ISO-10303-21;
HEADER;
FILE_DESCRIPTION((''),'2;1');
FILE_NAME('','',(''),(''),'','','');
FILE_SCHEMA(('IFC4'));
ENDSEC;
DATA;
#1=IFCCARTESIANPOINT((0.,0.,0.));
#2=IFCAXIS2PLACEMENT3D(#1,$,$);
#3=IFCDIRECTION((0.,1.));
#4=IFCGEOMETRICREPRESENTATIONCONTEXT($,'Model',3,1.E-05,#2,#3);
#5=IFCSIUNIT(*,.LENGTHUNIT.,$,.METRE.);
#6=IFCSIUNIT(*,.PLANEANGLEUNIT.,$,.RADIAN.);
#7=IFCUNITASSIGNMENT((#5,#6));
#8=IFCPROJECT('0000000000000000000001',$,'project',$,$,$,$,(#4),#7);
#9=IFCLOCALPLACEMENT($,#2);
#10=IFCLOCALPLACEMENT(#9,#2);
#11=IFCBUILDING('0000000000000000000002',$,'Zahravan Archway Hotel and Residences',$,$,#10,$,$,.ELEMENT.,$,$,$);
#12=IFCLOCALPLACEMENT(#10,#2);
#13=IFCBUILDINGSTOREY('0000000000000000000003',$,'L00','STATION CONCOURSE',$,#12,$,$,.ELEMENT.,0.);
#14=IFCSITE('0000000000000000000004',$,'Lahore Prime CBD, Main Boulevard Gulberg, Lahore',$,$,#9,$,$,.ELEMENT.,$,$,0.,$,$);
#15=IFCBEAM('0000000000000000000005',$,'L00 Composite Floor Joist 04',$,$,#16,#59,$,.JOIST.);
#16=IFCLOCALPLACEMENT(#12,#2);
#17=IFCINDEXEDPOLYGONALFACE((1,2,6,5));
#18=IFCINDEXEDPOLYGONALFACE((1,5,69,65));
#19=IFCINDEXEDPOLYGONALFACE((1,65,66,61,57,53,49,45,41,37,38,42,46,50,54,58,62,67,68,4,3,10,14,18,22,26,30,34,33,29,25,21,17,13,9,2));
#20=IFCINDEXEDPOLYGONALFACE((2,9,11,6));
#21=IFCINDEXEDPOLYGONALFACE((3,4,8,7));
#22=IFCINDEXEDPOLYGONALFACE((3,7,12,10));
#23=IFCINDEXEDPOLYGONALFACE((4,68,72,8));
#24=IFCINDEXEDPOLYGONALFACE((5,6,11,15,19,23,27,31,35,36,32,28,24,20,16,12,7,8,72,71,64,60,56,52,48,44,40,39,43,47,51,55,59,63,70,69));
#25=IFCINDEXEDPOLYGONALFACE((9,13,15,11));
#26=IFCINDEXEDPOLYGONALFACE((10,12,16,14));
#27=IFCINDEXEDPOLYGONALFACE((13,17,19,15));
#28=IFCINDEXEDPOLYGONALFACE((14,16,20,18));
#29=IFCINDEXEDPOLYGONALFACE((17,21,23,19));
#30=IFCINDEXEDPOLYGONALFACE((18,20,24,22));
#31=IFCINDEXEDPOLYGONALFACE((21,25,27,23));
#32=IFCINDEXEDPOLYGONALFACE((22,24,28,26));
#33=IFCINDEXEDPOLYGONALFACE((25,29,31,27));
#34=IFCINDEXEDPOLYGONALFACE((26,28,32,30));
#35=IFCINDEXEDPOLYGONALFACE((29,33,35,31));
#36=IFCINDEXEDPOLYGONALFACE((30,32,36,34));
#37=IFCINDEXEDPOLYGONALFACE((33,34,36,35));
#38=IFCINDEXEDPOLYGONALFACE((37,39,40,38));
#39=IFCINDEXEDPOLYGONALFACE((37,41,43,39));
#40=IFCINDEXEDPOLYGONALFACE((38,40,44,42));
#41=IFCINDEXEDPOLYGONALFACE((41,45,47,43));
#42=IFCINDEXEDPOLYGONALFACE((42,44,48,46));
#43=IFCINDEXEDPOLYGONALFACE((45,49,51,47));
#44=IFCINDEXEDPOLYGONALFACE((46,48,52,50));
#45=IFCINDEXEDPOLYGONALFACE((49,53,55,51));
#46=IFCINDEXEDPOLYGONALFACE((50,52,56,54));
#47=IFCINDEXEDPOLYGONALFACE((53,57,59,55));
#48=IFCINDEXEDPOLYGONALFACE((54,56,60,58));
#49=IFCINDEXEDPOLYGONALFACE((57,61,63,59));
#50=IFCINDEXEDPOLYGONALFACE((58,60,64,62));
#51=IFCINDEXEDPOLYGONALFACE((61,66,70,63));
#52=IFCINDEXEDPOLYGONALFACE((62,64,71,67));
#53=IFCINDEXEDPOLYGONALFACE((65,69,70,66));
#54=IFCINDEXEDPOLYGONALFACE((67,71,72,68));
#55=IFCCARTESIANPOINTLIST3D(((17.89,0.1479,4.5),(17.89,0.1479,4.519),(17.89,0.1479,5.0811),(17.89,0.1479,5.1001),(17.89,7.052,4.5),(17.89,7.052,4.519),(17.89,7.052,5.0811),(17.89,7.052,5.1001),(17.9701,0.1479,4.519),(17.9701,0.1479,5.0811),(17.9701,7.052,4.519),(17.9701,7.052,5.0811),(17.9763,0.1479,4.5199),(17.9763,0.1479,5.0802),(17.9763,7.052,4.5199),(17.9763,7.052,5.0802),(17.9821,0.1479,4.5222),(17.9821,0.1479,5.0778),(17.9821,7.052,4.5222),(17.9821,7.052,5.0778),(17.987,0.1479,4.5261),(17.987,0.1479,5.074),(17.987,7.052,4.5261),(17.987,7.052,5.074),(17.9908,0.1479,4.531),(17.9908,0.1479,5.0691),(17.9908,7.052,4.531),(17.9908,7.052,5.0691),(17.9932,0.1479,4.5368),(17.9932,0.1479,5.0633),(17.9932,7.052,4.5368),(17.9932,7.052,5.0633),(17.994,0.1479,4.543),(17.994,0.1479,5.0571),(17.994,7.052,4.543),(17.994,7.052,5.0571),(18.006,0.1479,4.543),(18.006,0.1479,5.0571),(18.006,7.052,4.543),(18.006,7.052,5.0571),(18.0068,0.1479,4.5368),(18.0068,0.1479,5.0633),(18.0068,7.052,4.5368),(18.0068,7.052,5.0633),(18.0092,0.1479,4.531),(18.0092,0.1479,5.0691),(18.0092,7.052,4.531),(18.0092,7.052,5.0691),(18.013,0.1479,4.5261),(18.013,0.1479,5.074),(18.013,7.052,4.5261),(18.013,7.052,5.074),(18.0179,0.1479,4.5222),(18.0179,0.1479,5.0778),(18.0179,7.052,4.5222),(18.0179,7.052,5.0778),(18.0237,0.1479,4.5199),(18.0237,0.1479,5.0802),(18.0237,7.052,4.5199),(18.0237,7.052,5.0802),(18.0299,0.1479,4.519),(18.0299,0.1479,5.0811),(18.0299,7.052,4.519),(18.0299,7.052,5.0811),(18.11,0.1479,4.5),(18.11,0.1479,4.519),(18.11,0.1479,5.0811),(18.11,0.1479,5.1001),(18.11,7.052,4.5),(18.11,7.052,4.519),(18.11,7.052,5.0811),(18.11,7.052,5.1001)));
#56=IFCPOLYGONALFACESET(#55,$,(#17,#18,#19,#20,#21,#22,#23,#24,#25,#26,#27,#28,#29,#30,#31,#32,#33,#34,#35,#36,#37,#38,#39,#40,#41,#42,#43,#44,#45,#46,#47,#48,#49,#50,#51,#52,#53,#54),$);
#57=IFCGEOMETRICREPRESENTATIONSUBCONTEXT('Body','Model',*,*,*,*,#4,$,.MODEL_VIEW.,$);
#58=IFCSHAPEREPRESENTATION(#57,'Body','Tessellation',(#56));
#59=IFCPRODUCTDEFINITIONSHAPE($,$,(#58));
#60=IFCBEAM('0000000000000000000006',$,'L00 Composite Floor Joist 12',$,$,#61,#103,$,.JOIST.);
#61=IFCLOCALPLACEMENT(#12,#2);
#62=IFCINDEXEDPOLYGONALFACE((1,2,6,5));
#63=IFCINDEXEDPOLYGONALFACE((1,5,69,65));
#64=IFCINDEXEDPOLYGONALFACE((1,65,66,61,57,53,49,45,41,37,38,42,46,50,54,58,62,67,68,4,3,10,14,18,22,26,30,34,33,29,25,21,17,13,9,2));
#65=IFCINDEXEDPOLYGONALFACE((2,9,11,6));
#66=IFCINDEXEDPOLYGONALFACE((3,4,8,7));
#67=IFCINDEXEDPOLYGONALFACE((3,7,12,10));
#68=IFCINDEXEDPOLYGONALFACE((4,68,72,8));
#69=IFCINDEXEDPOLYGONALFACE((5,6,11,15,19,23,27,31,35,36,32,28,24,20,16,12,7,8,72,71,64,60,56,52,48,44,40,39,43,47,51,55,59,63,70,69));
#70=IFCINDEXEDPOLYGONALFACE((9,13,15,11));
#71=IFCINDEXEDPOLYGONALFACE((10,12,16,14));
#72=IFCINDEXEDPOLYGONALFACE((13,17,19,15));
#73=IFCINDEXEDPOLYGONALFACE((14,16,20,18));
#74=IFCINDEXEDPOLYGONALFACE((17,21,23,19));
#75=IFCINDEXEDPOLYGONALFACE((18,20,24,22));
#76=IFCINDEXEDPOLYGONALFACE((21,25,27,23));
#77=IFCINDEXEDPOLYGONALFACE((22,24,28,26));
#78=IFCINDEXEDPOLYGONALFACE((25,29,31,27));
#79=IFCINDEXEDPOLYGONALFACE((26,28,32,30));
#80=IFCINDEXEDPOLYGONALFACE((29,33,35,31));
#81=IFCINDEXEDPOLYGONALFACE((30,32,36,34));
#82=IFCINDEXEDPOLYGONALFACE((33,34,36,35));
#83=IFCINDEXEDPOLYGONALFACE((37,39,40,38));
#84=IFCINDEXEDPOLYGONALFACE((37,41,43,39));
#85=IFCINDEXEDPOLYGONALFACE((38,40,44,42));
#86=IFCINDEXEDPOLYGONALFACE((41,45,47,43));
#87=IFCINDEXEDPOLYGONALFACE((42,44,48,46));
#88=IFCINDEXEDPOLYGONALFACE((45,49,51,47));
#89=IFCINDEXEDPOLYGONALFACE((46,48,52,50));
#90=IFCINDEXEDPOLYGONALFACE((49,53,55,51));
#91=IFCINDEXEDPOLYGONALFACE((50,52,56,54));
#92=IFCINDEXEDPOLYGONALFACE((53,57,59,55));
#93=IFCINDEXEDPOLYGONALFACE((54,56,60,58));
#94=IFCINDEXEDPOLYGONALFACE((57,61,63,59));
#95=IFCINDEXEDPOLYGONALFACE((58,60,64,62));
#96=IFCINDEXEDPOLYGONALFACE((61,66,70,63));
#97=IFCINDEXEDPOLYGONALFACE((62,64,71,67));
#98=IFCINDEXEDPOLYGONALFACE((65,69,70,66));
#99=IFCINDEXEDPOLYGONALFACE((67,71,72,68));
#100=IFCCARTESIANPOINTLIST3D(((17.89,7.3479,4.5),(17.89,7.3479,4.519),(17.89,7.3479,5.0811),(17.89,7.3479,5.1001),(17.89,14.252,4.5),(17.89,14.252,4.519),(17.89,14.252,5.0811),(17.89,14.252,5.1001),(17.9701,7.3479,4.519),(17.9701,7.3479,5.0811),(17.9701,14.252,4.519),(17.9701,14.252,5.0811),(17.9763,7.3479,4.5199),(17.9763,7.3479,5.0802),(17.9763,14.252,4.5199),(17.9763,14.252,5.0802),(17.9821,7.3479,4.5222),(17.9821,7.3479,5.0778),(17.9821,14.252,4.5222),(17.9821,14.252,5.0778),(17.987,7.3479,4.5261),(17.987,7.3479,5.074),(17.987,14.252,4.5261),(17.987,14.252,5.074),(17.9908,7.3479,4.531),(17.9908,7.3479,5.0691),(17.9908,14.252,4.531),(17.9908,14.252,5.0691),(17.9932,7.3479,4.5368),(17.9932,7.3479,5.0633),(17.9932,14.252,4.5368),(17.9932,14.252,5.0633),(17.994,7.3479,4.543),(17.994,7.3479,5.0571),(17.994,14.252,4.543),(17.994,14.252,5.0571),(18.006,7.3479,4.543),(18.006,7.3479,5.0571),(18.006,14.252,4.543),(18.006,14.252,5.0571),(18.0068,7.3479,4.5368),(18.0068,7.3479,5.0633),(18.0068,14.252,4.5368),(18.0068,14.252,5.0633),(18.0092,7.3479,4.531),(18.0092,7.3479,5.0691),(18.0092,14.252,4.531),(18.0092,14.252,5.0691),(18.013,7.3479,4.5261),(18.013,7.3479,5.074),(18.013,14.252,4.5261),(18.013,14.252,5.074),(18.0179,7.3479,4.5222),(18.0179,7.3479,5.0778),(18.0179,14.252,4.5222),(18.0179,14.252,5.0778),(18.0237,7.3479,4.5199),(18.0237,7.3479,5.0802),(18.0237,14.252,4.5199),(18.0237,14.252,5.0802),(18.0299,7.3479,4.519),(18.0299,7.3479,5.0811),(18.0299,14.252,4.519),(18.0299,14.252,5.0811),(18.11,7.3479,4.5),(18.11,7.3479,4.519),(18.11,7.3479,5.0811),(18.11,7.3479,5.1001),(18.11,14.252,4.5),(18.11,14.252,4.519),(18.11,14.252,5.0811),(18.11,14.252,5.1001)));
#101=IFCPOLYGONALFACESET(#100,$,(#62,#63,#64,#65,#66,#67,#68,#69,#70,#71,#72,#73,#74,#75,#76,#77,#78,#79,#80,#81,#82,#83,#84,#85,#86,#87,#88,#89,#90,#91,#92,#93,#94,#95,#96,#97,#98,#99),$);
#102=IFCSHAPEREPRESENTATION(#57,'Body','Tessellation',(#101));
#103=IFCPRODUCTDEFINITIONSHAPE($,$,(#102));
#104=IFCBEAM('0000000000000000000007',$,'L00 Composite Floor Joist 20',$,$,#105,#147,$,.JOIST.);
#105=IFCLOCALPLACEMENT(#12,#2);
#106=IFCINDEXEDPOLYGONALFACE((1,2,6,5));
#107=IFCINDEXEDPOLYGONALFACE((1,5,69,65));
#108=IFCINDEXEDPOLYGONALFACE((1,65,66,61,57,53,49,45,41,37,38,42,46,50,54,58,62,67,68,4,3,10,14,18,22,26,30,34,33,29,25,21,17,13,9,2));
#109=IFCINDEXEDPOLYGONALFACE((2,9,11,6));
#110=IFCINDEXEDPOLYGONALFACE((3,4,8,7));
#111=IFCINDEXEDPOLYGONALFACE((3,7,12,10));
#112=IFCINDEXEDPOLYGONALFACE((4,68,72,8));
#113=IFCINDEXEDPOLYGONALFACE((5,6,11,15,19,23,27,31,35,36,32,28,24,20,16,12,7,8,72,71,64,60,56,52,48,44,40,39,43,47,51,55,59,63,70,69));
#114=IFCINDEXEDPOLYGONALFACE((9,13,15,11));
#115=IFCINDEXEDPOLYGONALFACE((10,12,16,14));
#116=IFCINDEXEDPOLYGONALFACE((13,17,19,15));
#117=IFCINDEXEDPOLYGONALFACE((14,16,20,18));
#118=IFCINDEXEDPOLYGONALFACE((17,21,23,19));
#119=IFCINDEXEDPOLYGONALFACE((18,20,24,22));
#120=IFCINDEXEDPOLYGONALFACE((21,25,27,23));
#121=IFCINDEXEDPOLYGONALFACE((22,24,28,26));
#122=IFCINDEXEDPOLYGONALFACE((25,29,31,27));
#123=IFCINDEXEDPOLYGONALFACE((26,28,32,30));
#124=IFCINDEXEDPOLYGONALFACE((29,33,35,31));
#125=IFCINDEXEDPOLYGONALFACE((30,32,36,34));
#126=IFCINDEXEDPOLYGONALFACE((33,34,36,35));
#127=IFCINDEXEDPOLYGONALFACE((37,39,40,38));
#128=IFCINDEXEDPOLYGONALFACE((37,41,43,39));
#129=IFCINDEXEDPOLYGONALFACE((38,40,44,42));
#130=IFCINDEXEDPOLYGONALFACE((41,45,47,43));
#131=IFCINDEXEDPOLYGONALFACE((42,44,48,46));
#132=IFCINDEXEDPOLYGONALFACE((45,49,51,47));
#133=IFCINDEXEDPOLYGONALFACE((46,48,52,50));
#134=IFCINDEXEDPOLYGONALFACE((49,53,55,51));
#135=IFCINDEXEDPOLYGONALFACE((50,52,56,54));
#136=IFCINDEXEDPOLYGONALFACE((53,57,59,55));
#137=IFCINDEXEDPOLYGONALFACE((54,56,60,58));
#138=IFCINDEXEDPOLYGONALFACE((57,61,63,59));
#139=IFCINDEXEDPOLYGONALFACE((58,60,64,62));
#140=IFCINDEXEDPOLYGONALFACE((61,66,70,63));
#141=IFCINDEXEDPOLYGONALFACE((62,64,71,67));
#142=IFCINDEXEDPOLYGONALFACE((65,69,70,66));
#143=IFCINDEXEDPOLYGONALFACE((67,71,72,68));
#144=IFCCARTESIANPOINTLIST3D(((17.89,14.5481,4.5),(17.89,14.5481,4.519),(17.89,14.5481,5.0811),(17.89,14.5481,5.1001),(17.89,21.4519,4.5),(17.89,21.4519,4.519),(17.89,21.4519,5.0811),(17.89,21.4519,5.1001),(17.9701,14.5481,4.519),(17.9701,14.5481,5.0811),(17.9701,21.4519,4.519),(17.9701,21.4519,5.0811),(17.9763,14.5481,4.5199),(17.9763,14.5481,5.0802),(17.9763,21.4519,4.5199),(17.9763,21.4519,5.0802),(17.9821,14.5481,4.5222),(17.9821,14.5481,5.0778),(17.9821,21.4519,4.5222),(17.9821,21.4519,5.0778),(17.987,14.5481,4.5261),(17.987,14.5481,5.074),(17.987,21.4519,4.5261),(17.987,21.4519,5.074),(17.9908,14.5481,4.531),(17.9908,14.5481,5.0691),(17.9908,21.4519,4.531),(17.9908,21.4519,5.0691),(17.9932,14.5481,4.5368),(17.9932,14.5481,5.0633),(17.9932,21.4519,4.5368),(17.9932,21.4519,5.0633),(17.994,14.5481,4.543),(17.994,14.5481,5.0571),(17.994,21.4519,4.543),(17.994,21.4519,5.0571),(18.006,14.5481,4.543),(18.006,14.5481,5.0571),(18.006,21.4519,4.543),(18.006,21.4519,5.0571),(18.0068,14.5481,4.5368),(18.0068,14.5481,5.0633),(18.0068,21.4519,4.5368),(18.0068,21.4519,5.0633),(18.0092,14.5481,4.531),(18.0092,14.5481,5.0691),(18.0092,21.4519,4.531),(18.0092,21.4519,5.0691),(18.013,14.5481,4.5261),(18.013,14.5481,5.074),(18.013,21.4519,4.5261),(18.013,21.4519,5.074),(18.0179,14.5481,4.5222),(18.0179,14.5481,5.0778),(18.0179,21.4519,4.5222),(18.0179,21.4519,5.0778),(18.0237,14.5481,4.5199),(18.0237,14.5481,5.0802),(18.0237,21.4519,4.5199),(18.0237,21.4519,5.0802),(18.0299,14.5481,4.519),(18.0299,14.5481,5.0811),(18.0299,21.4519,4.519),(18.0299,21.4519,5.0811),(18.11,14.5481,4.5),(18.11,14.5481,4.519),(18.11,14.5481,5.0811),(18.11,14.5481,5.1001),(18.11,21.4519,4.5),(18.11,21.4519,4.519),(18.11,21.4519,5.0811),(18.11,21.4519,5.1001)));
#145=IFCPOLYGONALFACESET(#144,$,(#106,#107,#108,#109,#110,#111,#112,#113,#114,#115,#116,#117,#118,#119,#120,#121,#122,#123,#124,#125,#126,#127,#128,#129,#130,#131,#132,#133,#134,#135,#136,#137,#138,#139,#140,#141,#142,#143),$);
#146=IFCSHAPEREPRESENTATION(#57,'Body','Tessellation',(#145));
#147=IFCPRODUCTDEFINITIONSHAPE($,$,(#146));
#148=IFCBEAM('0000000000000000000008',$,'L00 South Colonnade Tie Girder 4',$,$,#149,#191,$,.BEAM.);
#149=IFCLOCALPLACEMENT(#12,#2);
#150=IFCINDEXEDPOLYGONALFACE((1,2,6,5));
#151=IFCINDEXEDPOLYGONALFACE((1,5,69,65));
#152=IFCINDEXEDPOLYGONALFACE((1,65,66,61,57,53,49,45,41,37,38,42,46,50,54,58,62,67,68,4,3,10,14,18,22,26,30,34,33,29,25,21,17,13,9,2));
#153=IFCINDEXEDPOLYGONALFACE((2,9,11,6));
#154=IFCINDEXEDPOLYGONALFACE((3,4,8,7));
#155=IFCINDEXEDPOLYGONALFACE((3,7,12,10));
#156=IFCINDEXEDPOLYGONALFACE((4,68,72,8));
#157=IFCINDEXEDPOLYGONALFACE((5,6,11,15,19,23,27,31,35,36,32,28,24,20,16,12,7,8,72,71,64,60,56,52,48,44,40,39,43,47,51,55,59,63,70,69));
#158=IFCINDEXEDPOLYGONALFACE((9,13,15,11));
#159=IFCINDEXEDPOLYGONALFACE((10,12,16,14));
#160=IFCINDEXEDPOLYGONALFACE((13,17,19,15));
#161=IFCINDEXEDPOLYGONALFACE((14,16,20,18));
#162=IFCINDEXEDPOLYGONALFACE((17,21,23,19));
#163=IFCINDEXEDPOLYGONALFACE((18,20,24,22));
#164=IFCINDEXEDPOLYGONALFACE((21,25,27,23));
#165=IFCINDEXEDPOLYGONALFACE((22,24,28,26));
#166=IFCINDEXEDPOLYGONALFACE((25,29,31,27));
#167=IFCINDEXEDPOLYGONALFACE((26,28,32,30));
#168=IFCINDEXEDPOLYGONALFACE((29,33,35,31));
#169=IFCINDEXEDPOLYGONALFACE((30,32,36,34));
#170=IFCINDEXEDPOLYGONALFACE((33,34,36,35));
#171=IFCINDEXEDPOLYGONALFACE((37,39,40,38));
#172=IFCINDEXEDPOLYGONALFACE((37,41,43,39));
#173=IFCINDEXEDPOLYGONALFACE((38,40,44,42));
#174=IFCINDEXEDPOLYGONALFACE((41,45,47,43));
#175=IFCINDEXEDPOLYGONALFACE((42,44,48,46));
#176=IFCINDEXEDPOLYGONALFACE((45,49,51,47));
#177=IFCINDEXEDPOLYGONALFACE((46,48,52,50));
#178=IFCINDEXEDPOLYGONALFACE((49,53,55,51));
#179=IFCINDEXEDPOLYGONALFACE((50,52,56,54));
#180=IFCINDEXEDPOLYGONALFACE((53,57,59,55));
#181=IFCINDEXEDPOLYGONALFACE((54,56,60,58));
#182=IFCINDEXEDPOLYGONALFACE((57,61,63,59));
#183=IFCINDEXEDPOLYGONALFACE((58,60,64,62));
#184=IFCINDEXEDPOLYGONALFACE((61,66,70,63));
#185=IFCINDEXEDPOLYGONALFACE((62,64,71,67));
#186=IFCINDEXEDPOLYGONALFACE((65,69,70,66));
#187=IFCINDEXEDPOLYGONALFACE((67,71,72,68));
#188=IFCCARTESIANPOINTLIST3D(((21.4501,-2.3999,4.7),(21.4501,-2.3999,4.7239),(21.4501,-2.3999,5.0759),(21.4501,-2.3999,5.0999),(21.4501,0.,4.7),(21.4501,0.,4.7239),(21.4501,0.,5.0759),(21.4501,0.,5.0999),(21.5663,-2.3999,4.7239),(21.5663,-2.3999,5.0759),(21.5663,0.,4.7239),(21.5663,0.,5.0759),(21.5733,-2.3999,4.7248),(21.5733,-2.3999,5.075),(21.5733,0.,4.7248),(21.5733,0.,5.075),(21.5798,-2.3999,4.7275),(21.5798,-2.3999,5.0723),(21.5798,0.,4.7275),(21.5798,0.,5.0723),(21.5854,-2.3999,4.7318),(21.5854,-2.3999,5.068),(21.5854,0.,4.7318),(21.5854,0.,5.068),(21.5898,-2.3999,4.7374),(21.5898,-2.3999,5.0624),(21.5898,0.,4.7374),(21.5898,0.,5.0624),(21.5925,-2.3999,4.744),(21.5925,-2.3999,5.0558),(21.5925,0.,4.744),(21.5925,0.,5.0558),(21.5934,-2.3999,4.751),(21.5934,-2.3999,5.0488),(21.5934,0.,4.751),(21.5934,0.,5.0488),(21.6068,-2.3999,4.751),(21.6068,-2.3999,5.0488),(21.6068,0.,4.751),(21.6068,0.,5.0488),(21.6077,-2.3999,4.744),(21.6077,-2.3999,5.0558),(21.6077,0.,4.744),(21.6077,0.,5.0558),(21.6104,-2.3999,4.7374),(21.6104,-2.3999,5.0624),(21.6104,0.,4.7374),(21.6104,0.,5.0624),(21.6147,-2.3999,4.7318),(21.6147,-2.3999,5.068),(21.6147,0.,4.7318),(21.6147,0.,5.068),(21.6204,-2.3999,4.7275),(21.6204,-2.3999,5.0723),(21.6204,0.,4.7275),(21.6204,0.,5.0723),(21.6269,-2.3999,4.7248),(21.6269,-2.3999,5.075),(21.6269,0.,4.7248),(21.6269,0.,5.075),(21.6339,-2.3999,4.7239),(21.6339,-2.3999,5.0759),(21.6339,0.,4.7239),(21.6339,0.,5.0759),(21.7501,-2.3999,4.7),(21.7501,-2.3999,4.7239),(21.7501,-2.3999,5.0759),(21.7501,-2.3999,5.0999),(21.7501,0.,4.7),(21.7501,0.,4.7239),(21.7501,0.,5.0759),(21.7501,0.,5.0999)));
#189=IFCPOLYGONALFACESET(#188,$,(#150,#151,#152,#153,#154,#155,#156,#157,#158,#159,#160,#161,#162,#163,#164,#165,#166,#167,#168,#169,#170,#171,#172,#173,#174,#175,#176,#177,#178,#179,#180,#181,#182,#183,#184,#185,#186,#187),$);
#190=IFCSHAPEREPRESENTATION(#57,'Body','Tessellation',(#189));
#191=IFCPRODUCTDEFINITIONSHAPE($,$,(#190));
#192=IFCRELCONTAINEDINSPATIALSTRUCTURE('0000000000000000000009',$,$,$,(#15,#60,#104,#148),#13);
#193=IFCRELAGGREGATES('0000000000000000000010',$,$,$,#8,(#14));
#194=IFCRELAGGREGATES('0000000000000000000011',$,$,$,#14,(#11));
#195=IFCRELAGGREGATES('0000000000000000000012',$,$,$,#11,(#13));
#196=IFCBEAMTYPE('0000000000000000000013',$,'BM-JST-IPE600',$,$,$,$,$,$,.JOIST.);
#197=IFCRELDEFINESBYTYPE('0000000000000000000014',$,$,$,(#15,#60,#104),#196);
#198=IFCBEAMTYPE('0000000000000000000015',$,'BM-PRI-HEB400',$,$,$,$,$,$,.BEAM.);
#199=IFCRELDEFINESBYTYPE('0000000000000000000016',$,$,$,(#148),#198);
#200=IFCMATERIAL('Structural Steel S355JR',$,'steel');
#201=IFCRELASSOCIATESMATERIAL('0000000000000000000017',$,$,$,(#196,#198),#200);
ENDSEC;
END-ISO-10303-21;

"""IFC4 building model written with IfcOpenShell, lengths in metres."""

from ifc_helpers import new_model, si_unit, direction, frame, origin, origin_2d, place, context, subcontext, project, spatial, i_section, extrude, source, transform, mapped, material, material_profile, profile_set, type_object, type_shapes, element, save


model = new_model("IFC4")

# Units and contexts
model_context = context("Model", 3, precision=1e-05, world=origin(), true_north=direction((0.0, 1.0)))
body_context = subcontext(model_context, "Body", "Model", "MODEL_VIEW")
ifc_project = project(units=[si_unit("LENGTHUNIT", "METRE"), si_unit("PLANEANGLEUNIT", "RADIAN")], contexts=[model_context])

# Site, building, storey
site_placement = place(None, origin())
site = spatial("IfcSite", under=ifc_project, at=site_placement, Name="Lahore Prime CBD, Main Boulevard Gulberg, Lahore", CompositionType="ELEMENT", RefElevation=0.0)
building_placement = place(site_placement, origin())
building = spatial("IfcBuilding", under=site, at=building_placement, Name="Zahravan Archway Hotel and Residences", CompositionType="ELEMENT")
storey_placement = place(building_placement, origin())
storey = spatial("IfcBuildingStorey", under=building, at=storey_placement, Name="L00", Description="STATION CONCOURSE", CompositionType="ELEMENT", Elevation=0.0)

# Beams
ifc_material_1 = material(Name="Structural Steel S355JR", Category="steel")
ifc_material_profile_1 = material_profile(ifc_material_1, i_section(OverallWidth=0.22, OverallDepth=0.6001, WebThickness=0.012, FlangeThickness=0.019, FilletRadius=0.0239, at=origin_2d()), Name="IPE 600", Category="steel")
ifc_profile_set_1 = profile_set([ifc_material_profile_1], Name="Structural Steel S355JR")
beam_type_1 = type_object("IfcBeamType", Name="BM-JST-IPE600", PredefinedType="JOIST", material=ifc_profile_set_1)
shared_shape_1 = source(origin(), body_context, "Body", "SweptSolid", [
    extrude(i_section(OverallWidth=0.22, OverallDepth=0.6001, WebThickness=0.012, FlangeThickness=0.019, FilletRadius=0.0239, at=origin_2d()), origin(), (0.0, 0.0, 1.0), 6.9041),
])
type_shapes(beam_type_1, [shared_shape_1])
for number, where, z_axis, x_axis, name in (
    (1, (18.0, 0.1479, 4.8), (0.0, 1.0, 0.0), (-1.0, 0.0, 0.0), "L00 Composite Floor Joist 04"),
    (2, (18.0, 7.3479, 4.8), (0.0, 1.0, 0.0), (-1.0, 0.0, 0.0), "L00 Composite Floor Joist 12"),
):
    element("IfcBeam", number, at=place(storey_placement, frame(where, z_axis=z_axis, x_axis=x_axis)), inside=storey, type_object=beam_type_1, Name=name, PredefinedType="JOIST", context=body_context, shape_type="MappedRepresentation", body=[
        mapped(shared_shape_1, transform((0.0, 0.0, 0.0), scale=1.0)),
    ])
shared_shape_2 = source(origin(), body_context, "Body", "SweptSolid", [
    extrude(i_section(OverallWidth=0.22, OverallDepth=0.6001, WebThickness=0.012, FlangeThickness=0.019, FilletRadius=0.0239, at=origin_2d()), origin(), (0.0, 0.0, 1.0), 6.9038),
])
beam_1_placement = place(storey_placement, frame((18.0, 14.5481, 4.8), z_axis=(0.0, 1.0, 0.0), x_axis=(-1.0, 0.0, 0.0)))
element("IfcBeam", 3, at=beam_1_placement, inside=storey, type_object=beam_type_1, Name="L00 Composite Floor Joist 20", PredefinedType="JOIST", context=body_context, shape_type="MappedRepresentation", body=[
    mapped(shared_shape_2, transform((0.0, 0.0, 0.0), scale=1.0)),
])
ifc_material_profile_2 = material_profile(ifc_material_1, i_section(OverallWidth=0.3, OverallDepth=0.3999, WebThickness=0.0134, FlangeThickness=0.0239, FilletRadius=0.0271, at=origin_2d()), Name="HEB 400", Category="steel")
ifc_profile_set_2 = profile_set([ifc_material_profile_2], Name="Structural Steel S355JR")
beam_type_2 = type_object("IfcBeamType", Name="BM-PRI-HEB400", PredefinedType="BEAM", material=ifc_profile_set_2)
shared_shape_3 = source(origin(), body_context, "Body", "SweptSolid", [
    extrude(i_section(OverallWidth=0.3, OverallDepth=0.3999, WebThickness=0.0134, FlangeThickness=0.0239, FilletRadius=0.0271, at=origin_2d()), origin(), (0.0, 0.0, 1.0), 2.3999),
])
beam_2_placement = place(storey_placement, frame((21.6001, -2.3999, 4.8999), z_axis=(0.0, 1.0, 0.0), x_axis=(-1.0, 0.0, 0.0)))
element("IfcBeam", 4, at=beam_2_placement, inside=storey, type_object=beam_type_2, Name="L00 South Colonnade Tie Girder 4", PredefinedType="BEAM", context=body_context, shape_type="MappedRepresentation", body=[
    mapped(shared_shape_3, transform((0.0, 0.0, 0.0), scale=1.0)),
])

save(model, "model.ifc")
